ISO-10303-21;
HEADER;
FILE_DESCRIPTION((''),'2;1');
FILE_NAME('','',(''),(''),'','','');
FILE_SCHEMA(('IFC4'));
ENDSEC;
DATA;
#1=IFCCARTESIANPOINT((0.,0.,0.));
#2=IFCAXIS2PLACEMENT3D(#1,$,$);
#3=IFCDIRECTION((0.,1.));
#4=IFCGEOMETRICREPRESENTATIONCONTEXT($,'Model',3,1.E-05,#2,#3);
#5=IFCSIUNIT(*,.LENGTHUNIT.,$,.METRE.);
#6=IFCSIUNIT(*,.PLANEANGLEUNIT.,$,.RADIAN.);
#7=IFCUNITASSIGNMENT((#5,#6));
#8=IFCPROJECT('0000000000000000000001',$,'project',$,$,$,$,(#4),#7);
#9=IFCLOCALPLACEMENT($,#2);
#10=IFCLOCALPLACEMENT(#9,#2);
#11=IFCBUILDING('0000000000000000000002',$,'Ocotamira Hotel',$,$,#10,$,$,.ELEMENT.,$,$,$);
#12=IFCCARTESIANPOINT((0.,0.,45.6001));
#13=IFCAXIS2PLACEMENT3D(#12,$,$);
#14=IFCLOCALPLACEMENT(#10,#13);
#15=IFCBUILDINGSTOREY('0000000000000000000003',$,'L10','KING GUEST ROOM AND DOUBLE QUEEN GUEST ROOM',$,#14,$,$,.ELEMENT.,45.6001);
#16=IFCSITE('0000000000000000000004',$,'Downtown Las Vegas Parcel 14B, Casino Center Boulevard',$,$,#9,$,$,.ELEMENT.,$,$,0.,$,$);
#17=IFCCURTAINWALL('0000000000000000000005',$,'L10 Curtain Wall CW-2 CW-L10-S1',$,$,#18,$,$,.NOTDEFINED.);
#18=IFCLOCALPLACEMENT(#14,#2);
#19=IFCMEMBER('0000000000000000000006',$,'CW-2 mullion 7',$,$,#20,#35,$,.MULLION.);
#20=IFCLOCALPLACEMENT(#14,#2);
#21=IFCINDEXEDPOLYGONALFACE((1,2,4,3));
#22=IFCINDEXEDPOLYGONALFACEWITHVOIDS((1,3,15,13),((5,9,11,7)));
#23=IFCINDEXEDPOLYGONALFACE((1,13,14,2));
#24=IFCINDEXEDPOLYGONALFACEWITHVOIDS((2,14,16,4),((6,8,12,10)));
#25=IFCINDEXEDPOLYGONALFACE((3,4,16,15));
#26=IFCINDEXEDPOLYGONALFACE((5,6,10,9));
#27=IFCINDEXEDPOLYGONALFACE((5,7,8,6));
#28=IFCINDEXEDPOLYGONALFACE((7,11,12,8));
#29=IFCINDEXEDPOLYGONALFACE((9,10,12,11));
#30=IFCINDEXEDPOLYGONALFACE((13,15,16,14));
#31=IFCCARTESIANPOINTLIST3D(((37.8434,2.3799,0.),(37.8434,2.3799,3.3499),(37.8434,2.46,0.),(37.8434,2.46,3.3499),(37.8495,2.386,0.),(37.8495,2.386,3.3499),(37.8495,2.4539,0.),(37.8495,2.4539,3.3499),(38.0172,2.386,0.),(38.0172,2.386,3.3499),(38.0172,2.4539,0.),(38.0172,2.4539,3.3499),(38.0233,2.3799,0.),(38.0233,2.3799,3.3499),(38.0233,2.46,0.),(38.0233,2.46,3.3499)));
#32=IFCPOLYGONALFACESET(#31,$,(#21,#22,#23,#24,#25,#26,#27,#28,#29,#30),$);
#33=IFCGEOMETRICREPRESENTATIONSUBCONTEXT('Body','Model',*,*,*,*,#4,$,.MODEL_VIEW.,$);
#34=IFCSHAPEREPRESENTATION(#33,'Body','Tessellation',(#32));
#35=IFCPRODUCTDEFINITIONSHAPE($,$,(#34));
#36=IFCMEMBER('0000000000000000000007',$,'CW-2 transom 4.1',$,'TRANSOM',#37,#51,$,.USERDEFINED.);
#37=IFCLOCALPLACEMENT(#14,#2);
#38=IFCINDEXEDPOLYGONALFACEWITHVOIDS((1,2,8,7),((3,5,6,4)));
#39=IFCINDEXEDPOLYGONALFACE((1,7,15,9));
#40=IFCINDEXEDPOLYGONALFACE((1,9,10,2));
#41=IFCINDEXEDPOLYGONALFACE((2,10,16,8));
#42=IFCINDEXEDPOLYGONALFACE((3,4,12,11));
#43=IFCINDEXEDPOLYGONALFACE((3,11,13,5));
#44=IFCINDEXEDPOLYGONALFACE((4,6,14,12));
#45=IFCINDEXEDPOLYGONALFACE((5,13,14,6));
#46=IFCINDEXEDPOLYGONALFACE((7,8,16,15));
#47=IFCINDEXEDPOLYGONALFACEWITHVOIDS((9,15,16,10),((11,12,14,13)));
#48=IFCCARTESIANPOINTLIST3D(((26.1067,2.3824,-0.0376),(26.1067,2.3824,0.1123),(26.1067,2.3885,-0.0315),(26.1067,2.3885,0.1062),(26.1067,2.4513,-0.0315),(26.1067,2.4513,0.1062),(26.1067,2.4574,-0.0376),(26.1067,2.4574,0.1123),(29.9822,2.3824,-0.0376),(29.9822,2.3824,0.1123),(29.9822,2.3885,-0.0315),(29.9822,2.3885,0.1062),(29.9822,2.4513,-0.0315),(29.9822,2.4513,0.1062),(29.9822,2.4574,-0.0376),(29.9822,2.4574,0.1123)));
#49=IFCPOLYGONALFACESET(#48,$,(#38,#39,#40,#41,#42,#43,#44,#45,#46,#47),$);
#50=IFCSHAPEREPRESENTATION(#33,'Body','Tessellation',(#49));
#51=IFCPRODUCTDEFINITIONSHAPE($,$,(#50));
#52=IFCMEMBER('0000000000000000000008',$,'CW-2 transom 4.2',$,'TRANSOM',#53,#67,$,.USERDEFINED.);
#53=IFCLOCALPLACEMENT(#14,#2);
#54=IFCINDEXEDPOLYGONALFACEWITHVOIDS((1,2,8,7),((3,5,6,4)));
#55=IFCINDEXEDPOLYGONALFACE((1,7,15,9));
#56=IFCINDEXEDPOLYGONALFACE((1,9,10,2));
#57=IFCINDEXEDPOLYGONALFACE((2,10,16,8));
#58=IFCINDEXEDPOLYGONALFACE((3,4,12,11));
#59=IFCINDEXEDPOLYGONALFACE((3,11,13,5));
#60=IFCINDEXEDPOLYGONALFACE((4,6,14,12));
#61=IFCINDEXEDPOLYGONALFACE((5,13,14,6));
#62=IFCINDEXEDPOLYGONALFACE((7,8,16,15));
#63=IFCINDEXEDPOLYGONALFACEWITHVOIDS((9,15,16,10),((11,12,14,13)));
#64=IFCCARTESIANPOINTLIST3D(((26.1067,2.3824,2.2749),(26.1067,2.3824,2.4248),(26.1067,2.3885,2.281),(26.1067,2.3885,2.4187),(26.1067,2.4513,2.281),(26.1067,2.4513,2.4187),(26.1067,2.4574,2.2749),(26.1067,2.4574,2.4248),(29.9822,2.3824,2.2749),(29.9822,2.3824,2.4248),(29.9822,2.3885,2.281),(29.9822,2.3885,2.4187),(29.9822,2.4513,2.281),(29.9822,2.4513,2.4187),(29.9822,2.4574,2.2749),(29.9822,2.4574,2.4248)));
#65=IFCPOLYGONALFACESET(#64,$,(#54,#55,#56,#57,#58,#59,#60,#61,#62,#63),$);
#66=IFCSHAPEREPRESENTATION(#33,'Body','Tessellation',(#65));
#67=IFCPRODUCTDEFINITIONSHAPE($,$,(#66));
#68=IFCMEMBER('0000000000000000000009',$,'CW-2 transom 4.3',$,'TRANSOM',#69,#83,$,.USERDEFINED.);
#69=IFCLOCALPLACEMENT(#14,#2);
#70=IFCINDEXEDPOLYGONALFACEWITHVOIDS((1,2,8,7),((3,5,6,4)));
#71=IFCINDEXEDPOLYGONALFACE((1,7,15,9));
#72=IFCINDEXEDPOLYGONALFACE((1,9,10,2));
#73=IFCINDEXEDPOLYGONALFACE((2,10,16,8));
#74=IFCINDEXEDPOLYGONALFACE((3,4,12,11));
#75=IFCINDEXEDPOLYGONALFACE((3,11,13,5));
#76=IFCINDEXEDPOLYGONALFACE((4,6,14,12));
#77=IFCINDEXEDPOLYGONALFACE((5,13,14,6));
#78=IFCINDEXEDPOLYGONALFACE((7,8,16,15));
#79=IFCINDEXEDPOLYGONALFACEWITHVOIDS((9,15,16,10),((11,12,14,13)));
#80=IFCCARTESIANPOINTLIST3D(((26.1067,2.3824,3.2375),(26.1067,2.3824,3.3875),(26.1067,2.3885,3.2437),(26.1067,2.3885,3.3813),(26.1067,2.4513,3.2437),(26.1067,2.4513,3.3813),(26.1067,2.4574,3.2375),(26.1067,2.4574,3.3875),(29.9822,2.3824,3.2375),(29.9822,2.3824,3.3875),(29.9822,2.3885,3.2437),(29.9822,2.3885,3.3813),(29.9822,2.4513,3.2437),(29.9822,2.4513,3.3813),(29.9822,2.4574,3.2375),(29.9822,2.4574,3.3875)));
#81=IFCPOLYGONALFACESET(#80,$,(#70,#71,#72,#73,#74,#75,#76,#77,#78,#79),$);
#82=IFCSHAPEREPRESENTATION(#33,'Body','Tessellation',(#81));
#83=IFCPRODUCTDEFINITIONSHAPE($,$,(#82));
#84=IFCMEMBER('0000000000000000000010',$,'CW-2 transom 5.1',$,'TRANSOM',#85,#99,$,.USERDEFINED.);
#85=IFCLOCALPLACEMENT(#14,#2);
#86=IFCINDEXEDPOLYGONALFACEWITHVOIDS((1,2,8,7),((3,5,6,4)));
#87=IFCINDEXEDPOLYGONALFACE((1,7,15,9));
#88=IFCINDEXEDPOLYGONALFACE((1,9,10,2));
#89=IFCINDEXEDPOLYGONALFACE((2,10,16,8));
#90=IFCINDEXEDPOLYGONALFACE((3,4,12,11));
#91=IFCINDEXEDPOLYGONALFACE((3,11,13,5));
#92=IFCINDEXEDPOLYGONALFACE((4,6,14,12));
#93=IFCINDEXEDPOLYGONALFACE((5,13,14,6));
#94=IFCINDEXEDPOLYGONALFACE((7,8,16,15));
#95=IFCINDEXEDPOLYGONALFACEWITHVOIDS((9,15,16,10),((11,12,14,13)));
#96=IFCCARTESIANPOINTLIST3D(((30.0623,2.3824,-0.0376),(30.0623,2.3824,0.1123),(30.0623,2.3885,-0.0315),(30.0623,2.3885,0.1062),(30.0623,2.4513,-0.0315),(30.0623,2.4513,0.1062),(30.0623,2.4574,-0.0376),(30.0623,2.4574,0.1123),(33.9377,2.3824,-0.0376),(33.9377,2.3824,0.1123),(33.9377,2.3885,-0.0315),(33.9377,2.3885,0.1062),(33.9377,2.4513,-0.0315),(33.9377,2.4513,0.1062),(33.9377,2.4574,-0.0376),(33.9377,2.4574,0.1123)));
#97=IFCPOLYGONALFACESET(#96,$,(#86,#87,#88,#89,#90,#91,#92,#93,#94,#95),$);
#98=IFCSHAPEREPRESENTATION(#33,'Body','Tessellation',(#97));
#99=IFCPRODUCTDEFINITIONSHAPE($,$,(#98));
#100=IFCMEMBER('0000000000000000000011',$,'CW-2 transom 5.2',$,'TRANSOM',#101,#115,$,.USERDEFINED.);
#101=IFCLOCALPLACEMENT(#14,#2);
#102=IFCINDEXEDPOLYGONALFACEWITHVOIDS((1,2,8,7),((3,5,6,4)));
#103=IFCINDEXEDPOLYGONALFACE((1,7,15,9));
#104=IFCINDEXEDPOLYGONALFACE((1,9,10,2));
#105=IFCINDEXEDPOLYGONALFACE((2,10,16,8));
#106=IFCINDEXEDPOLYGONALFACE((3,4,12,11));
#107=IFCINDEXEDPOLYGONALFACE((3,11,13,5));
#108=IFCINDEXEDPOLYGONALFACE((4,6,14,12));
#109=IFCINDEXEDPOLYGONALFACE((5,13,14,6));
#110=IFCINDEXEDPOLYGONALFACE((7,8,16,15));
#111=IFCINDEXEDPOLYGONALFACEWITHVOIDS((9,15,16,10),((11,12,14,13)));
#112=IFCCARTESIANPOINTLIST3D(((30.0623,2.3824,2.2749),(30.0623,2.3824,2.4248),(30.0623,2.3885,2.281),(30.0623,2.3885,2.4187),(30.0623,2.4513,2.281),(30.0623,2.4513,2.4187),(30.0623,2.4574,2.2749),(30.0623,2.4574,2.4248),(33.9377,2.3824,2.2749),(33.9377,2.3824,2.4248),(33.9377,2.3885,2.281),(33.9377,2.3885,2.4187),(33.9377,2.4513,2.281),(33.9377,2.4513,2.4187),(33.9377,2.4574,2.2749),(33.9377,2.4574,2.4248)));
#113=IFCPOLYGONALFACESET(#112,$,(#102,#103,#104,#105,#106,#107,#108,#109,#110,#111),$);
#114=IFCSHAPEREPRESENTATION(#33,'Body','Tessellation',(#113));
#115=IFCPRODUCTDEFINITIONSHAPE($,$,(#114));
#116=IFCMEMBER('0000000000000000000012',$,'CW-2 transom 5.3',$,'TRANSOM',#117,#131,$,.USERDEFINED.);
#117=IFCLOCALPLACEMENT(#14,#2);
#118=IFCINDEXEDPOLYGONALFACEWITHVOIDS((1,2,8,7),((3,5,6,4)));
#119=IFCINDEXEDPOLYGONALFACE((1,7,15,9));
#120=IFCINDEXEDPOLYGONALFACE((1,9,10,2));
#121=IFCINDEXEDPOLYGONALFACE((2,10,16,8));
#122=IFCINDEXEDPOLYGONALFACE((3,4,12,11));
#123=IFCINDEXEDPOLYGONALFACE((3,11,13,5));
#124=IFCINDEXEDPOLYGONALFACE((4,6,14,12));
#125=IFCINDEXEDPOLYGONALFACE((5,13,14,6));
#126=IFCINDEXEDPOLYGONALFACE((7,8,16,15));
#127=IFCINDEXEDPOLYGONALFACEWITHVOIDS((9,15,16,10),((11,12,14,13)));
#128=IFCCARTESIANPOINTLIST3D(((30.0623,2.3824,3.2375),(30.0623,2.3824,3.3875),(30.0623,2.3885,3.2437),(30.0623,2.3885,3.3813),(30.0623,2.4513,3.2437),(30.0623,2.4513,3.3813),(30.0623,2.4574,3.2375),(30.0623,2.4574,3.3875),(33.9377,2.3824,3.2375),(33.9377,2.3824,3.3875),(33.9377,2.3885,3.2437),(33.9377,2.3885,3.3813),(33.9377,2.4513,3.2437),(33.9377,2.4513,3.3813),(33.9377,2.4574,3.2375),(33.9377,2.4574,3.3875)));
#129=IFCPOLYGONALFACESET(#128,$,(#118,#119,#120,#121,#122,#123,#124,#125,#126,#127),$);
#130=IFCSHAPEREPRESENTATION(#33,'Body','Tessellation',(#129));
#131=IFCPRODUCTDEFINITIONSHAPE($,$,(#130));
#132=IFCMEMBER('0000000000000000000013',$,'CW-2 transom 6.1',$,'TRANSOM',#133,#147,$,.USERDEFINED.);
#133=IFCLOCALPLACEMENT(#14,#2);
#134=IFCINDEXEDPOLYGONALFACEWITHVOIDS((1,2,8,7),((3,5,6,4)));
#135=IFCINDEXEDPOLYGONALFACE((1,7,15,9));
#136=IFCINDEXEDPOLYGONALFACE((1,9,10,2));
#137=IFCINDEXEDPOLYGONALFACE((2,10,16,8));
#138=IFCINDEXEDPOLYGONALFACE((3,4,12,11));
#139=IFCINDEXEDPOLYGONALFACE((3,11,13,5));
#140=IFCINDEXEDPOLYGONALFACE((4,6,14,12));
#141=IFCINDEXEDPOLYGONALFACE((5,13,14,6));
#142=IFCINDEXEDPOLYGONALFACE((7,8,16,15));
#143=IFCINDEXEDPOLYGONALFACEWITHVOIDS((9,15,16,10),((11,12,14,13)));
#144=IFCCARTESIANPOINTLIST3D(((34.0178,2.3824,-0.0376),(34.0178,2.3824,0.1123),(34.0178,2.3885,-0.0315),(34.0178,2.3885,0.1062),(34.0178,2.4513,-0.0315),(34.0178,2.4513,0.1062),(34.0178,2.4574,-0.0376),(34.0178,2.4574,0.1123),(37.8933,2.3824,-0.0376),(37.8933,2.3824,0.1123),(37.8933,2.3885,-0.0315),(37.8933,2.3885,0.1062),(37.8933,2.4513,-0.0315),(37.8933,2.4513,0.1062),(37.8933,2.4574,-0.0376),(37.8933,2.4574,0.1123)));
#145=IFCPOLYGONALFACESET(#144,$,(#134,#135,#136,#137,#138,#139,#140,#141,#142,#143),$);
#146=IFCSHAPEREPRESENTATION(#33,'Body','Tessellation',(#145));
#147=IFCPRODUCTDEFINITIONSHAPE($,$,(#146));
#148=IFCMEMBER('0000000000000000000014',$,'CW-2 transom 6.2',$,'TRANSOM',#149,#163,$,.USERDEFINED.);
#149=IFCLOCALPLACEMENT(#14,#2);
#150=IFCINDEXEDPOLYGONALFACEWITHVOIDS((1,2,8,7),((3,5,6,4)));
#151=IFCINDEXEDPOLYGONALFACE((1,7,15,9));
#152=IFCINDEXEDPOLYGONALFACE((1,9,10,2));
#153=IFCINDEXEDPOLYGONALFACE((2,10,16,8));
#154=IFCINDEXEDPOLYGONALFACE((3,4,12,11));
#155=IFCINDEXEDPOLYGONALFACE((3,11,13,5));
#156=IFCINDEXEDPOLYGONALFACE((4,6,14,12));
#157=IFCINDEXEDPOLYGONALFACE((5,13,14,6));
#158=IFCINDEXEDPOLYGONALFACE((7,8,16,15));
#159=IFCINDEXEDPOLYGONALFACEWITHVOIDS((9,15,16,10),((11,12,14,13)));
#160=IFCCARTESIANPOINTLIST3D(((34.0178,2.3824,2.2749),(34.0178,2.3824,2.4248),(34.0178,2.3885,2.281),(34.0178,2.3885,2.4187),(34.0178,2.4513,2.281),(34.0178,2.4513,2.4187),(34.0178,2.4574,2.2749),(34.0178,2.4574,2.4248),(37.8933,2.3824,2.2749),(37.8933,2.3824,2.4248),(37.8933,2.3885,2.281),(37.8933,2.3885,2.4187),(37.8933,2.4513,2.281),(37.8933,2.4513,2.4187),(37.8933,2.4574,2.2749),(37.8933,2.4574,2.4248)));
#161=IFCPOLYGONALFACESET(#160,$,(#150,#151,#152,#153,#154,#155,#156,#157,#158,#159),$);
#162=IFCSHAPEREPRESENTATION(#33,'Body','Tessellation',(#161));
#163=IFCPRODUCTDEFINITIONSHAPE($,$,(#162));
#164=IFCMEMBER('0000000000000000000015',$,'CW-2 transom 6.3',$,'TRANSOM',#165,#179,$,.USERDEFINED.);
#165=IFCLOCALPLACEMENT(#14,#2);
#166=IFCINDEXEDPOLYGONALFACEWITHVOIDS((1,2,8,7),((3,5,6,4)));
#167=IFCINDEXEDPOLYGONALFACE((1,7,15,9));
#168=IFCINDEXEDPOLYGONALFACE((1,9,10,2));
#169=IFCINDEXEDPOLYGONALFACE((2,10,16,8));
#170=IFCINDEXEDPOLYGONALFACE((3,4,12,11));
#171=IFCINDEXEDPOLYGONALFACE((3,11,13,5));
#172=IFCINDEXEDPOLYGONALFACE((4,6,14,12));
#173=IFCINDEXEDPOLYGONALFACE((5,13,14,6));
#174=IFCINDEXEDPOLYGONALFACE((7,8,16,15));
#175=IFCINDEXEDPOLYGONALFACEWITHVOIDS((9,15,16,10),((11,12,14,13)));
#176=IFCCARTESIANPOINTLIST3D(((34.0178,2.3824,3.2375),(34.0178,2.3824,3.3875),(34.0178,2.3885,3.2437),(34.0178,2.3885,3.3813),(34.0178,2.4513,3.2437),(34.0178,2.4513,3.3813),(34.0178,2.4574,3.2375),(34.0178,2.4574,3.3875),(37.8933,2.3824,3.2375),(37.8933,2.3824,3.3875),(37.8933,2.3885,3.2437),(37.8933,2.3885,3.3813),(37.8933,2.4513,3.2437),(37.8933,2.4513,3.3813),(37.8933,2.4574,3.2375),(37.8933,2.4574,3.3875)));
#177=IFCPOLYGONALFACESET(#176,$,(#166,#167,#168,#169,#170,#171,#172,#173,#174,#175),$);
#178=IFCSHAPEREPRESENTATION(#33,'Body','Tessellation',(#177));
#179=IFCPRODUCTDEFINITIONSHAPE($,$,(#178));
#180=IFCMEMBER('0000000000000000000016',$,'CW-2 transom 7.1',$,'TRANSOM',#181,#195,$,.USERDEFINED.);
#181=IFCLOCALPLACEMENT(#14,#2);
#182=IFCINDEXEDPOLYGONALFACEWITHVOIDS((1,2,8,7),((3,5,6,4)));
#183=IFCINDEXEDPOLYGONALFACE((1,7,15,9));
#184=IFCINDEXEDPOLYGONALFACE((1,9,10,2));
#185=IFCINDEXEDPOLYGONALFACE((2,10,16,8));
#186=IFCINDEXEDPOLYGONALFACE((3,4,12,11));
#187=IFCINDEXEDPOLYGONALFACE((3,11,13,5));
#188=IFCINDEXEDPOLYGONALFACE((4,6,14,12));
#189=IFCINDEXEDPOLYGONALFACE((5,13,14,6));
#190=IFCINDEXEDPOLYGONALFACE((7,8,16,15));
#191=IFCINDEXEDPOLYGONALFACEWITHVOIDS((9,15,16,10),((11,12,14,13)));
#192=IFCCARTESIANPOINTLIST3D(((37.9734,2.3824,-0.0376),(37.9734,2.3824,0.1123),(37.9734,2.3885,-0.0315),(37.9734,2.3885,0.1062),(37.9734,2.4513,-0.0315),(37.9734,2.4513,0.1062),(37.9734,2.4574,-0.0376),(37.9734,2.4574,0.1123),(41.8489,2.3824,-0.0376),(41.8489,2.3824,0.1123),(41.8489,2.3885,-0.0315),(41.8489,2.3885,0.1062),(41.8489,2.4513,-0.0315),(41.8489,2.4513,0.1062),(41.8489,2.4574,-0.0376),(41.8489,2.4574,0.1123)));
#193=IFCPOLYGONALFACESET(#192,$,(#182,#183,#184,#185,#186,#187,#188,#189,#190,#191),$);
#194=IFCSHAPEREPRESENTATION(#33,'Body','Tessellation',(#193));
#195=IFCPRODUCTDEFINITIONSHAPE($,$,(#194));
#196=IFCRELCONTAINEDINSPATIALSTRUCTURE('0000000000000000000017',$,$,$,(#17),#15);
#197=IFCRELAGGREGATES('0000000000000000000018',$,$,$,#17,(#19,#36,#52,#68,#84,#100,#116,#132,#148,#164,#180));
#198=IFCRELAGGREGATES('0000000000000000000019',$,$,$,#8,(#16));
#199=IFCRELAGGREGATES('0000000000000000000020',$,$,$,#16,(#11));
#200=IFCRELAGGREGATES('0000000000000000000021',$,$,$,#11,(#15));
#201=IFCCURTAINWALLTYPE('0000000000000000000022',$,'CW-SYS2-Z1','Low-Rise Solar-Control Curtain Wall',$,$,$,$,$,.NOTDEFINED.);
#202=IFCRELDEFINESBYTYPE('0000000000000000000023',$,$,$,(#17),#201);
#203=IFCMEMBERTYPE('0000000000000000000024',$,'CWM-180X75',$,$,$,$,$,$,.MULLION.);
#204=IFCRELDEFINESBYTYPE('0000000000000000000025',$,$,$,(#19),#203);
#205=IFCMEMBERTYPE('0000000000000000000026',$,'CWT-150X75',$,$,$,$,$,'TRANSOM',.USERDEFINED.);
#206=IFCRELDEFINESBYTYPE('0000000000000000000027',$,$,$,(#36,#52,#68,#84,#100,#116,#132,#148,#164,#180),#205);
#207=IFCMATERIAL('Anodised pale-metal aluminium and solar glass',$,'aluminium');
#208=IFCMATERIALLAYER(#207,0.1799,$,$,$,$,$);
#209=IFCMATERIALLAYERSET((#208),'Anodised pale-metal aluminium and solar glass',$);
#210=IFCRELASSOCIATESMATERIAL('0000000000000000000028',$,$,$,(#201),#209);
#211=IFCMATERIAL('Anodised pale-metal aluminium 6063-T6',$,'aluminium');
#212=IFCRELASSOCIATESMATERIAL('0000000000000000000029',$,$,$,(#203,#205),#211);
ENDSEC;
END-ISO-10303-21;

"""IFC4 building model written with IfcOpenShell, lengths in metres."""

from ifc_helpers import new_model, si_unit, direction, frame, origin, origin_2d, place, context, subcontext, project, spatial, hollow_rectangle, extrude, source, transform, mapped, material, layer, layer_set, material_profile, profile_set, type_object, element, aggregate, save


model = new_model("IFC4")

# Units and contexts
model_context = context("Model", 3, precision=1e-05, world=origin(), true_north=direction((0.0, 1.0)))
body_context = subcontext(model_context, "Body", "Model", "MODEL_VIEW")
ifc_project = project(units=[si_unit("LENGTHUNIT", "METRE"), si_unit("PLANEANGLEUNIT", "RADIAN")], contexts=[model_context])

# Site, building, storey
site_placement = place(None, origin())
site = spatial("IfcSite", under=ifc_project, at=site_placement, Name="Downtown Las Vegas Parcel 14B, Casino Center Boulevard", CompositionType="ELEMENT", RefElevation=0.0)
building_placement = place(site_placement, origin())
building = spatial("IfcBuilding", under=site, at=building_placement, Name="Ocotamira Hotel", CompositionType="ELEMENT")
storey_placement = place(building_placement, frame((0.0, 0.0, 45.6001)))
storey = spatial("IfcBuildingStorey", under=building, at=storey_placement, Name="L10", Description="KING GUEST ROOM AND DOUBLE QUEEN GUEST ROOM", CompositionType="ELEMENT", Elevation=45.6001)

# Curtain wall, members
ifc_material_1 = material(Name="Anodised pale-metal aluminium and solar glass", Category="aluminium")
ifc_layer_1 = layer(ifc_material_1, 0.1799)
ifc_layer_set_1 = layer_set([ifc_layer_1], Name="Anodised pale-metal aluminium and solar glass")
curtain_wall_type = type_object("IfcCurtainWallType", Name="CW-SYS2-Z1", Description="Low-Rise Solar-Control Curtain Wall", PredefinedType="NOTDEFINED", material=ifc_layer_set_1)
curtain_wall_placement = place(storey_placement, origin())
curtain_wall = element("IfcCurtainWall", 1, at=curtain_wall_placement, inside=storey, type_object=curtain_wall_type, Name="L10 Curtain Wall CW-2 CW-L10-S1", PredefinedType="NOTDEFINED")
ifc_material_2 = material(Name="Anodised pale-metal aluminium 6063-T6", Category="aluminium")
ifc_material_profile_1 = material_profile(ifc_material_2, hollow_rectangle(XDim=0.0801, YDim=0.1799, WallThickness=0.0061, at=origin_2d()), Name="HSS180X80X6")
ifc_profile_set_1 = profile_set([ifc_material_profile_1], Name="Anodised pale-metal aluminium 6063-T6")
member_type_1 = type_object("IfcMemberType", Name="CWM-180X75", PredefinedType="MULLION", material=ifc_profile_set_1)
shared_shape_1 = source(origin(), body_context, "Body", "SweptSolid", [
    extrude(hollow_rectangle(XDim=0.0801, YDim=0.1799, WallThickness=0.0061, at=origin_2d()), origin(), (0.0, 0.0, 1.0), 3.3499),
])
member_1_placement = place(storey_placement, frame((37.9333, 2.4199, 0.0), z_axis=(0.0, 0.0, 1.0), x_axis=(0.0, 1.0, 0.0)))
member_1 = element("IfcMember", 2, at=member_1_placement, type_object=member_type_1, Name="CW-2 mullion 7", PredefinedType="MULLION", context=body_context, shape_type="MappedRepresentation", body=[
    mapped(shared_shape_1, transform((0.0, 0.0, 0.0), scale=1.0)),
])
ifc_material_profile_2 = material_profile(ifc_material_2, hollow_rectangle(XDim=0.075, YDim=0.1499, WallThickness=0.0061, at=origin_2d()), Name="HSS150X75X6")
ifc_profile_set_2 = profile_set([ifc_material_profile_2], Name="Anodised pale-metal aluminium 6063-T6")
member_type_2 = type_object("IfcMemberType", Name="CWT-150X75", ElementType="TRANSOM", PredefinedType="USERDEFINED", material=ifc_profile_set_2)
shared_shape_2 = source(origin(), body_context, "Body", "SweptSolid", [
    extrude(hollow_rectangle(XDim=0.075, YDim=0.1499, WallThickness=0.0061, at=origin_2d()), origin(), (0.0, 0.0, 1.0), 3.8755),
])
member_2_placement = place(storey_placement, frame((26.1067, 2.4199, 0.0374), z_axis=(1.0, 0.0, 0.0), x_axis=(0.0, 1.0, 0.0)))
member_2 = element("IfcMember", 3, at=member_2_placement, type_object=member_type_2, Name="CW-2 transom 4.1", ObjectType="TRANSOM", PredefinedType="USERDEFINED", context=body_context, shape_type="MappedRepresentation", body=[
    mapped(shared_shape_2, transform((0.0, 0.0, 0.0), scale=1.0)),
])
member_3_placement = place(storey_placement, frame((26.1067, 2.4199, 2.3499), z_axis=(1.0, 0.0, 0.0), x_axis=(0.0, 1.0, 0.0)))
member_3 = element("IfcMember", 4, at=member_3_placement, type_object=member_type_2, Name="CW-2 transom 4.2", ObjectType="TRANSOM", PredefinedType="USERDEFINED", context=body_context, shape_type="MappedRepresentation", body=[
    mapped(shared_shape_2, transform((0.0, 0.0, 0.0), scale=1.0)),
])
member_4_placement = place(storey_placement, frame((26.1067, 2.4199, 3.3125), z_axis=(1.0, 0.0, 0.0), x_axis=(0.0, 1.0, 0.0)))
member_4 = element("IfcMember", 5, at=member_4_placement, type_object=member_type_2, Name="CW-2 transom 4.3", ObjectType="TRANSOM", PredefinedType="USERDEFINED", context=body_context, shape_type="MappedRepresentation", body=[
    mapped(shared_shape_2, transform((0.0, 0.0, 0.0), scale=1.0)),
])
member_5_placement = place(storey_placement, frame((30.0623, 2.4199, 0.0374), z_axis=(1.0, 0.0, 0.0), x_axis=(0.0, 1.0, 0.0)))
member_5 = element("IfcMember", 6, at=member_5_placement, type_object=member_type_2, Name="CW-2 transom 5.1", ObjectType="TRANSOM", PredefinedType="USERDEFINED", context=body_context, shape_type="MappedRepresentation", body=[
    mapped(shared_shape_2, transform((0.0, 0.0, 0.0), scale=1.0)),
])
member_6_placement = place(storey_placement, frame((30.0623, 2.4199, 2.3499), z_axis=(1.0, 0.0, 0.0), x_axis=(0.0, 1.0, 0.0)))
member_6 = element("IfcMember", 7, at=member_6_placement, type_object=member_type_2, Name="CW-2 transom 5.2", ObjectType="TRANSOM", PredefinedType="USERDEFINED", context=body_context, shape_type="MappedRepresentation", body=[
    mapped(shared_shape_2, transform((0.0, 0.0, 0.0), scale=1.0)),
])
member_7_placement = place(storey_placement, frame((30.0623, 2.4199, 3.3125), z_axis=(1.0, 0.0, 0.0), x_axis=(0.0, 1.0, 0.0)))
member_7 = element("IfcMember", 8, at=member_7_placement, type_object=member_type_2, Name="CW-2 transom 5.3", ObjectType="TRANSOM", PredefinedType="USERDEFINED", context=body_context, shape_type="MappedRepresentation", body=[
    mapped(shared_shape_2, transform((0.0, 0.0, 0.0), scale=1.0)),
])
member_8_placement = place(storey_placement, frame((34.0178, 2.4199, 0.0374), z_axis=(1.0, 0.0, 0.0), x_axis=(0.0, 1.0, 0.0)))
member_8 = element("IfcMember", 9, at=member_8_placement, type_object=member_type_2, Name="CW-2 transom 6.1", ObjectType="TRANSOM", PredefinedType="USERDEFINED", context=body_context, shape_type="MappedRepresentation", body=[
    mapped(shared_shape_2, transform((0.0, 0.0, 0.0), scale=1.0)),
])
member_9_placement = place(storey_placement, frame((34.0178, 2.4199, 2.3499), z_axis=(1.0, 0.0, 0.0), x_axis=(0.0, 1.0, 0.0)))
member_9 = element("IfcMember", 10, at=member_9_placement, type_object=member_type_2, Name="CW-2 transom 6.2", ObjectType="TRANSOM", PredefinedType="USERDEFINED", context=body_context, shape_type="MappedRepresentation", body=[
    mapped(shared_shape_2, transform((0.0, 0.0, 0.0), scale=1.0)),
])
member_10_placement = place(storey_placement, frame((34.0178, 2.4199, 3.3125), z_axis=(1.0, 0.0, 0.0), x_axis=(0.0, 1.0, 0.0)))
member_10 = element("IfcMember", 11, at=member_10_placement, type_object=member_type_2, Name="CW-2 transom 6.3", ObjectType="TRANSOM", PredefinedType="USERDEFINED", context=body_context, shape_type="MappedRepresentation", body=[
    mapped(shared_shape_2, transform((0.0, 0.0, 0.0), scale=1.0)),
])
member_11_placement = place(storey_placement, frame((37.9734, 2.4199, 0.0374), z_axis=(1.0, 0.0, 0.0), x_axis=(0.0, 1.0, 0.0)))
member_11 = element("IfcMember", 12, at=member_11_placement, type_object=member_type_2, Name="CW-2 transom 7.1", ObjectType="TRANSOM", PredefinedType="USERDEFINED", context=body_context, shape_type="MappedRepresentation", body=[
    mapped(shared_shape_2, transform((0.0, 0.0, 0.0), scale=1.0)),
])

aggregate(curtain_wall, [member_1, member_2, member_3, member_4, member_5, member_6, member_7, member_8, member_9, member_10, member_11])

save(model, "model.ifc")
